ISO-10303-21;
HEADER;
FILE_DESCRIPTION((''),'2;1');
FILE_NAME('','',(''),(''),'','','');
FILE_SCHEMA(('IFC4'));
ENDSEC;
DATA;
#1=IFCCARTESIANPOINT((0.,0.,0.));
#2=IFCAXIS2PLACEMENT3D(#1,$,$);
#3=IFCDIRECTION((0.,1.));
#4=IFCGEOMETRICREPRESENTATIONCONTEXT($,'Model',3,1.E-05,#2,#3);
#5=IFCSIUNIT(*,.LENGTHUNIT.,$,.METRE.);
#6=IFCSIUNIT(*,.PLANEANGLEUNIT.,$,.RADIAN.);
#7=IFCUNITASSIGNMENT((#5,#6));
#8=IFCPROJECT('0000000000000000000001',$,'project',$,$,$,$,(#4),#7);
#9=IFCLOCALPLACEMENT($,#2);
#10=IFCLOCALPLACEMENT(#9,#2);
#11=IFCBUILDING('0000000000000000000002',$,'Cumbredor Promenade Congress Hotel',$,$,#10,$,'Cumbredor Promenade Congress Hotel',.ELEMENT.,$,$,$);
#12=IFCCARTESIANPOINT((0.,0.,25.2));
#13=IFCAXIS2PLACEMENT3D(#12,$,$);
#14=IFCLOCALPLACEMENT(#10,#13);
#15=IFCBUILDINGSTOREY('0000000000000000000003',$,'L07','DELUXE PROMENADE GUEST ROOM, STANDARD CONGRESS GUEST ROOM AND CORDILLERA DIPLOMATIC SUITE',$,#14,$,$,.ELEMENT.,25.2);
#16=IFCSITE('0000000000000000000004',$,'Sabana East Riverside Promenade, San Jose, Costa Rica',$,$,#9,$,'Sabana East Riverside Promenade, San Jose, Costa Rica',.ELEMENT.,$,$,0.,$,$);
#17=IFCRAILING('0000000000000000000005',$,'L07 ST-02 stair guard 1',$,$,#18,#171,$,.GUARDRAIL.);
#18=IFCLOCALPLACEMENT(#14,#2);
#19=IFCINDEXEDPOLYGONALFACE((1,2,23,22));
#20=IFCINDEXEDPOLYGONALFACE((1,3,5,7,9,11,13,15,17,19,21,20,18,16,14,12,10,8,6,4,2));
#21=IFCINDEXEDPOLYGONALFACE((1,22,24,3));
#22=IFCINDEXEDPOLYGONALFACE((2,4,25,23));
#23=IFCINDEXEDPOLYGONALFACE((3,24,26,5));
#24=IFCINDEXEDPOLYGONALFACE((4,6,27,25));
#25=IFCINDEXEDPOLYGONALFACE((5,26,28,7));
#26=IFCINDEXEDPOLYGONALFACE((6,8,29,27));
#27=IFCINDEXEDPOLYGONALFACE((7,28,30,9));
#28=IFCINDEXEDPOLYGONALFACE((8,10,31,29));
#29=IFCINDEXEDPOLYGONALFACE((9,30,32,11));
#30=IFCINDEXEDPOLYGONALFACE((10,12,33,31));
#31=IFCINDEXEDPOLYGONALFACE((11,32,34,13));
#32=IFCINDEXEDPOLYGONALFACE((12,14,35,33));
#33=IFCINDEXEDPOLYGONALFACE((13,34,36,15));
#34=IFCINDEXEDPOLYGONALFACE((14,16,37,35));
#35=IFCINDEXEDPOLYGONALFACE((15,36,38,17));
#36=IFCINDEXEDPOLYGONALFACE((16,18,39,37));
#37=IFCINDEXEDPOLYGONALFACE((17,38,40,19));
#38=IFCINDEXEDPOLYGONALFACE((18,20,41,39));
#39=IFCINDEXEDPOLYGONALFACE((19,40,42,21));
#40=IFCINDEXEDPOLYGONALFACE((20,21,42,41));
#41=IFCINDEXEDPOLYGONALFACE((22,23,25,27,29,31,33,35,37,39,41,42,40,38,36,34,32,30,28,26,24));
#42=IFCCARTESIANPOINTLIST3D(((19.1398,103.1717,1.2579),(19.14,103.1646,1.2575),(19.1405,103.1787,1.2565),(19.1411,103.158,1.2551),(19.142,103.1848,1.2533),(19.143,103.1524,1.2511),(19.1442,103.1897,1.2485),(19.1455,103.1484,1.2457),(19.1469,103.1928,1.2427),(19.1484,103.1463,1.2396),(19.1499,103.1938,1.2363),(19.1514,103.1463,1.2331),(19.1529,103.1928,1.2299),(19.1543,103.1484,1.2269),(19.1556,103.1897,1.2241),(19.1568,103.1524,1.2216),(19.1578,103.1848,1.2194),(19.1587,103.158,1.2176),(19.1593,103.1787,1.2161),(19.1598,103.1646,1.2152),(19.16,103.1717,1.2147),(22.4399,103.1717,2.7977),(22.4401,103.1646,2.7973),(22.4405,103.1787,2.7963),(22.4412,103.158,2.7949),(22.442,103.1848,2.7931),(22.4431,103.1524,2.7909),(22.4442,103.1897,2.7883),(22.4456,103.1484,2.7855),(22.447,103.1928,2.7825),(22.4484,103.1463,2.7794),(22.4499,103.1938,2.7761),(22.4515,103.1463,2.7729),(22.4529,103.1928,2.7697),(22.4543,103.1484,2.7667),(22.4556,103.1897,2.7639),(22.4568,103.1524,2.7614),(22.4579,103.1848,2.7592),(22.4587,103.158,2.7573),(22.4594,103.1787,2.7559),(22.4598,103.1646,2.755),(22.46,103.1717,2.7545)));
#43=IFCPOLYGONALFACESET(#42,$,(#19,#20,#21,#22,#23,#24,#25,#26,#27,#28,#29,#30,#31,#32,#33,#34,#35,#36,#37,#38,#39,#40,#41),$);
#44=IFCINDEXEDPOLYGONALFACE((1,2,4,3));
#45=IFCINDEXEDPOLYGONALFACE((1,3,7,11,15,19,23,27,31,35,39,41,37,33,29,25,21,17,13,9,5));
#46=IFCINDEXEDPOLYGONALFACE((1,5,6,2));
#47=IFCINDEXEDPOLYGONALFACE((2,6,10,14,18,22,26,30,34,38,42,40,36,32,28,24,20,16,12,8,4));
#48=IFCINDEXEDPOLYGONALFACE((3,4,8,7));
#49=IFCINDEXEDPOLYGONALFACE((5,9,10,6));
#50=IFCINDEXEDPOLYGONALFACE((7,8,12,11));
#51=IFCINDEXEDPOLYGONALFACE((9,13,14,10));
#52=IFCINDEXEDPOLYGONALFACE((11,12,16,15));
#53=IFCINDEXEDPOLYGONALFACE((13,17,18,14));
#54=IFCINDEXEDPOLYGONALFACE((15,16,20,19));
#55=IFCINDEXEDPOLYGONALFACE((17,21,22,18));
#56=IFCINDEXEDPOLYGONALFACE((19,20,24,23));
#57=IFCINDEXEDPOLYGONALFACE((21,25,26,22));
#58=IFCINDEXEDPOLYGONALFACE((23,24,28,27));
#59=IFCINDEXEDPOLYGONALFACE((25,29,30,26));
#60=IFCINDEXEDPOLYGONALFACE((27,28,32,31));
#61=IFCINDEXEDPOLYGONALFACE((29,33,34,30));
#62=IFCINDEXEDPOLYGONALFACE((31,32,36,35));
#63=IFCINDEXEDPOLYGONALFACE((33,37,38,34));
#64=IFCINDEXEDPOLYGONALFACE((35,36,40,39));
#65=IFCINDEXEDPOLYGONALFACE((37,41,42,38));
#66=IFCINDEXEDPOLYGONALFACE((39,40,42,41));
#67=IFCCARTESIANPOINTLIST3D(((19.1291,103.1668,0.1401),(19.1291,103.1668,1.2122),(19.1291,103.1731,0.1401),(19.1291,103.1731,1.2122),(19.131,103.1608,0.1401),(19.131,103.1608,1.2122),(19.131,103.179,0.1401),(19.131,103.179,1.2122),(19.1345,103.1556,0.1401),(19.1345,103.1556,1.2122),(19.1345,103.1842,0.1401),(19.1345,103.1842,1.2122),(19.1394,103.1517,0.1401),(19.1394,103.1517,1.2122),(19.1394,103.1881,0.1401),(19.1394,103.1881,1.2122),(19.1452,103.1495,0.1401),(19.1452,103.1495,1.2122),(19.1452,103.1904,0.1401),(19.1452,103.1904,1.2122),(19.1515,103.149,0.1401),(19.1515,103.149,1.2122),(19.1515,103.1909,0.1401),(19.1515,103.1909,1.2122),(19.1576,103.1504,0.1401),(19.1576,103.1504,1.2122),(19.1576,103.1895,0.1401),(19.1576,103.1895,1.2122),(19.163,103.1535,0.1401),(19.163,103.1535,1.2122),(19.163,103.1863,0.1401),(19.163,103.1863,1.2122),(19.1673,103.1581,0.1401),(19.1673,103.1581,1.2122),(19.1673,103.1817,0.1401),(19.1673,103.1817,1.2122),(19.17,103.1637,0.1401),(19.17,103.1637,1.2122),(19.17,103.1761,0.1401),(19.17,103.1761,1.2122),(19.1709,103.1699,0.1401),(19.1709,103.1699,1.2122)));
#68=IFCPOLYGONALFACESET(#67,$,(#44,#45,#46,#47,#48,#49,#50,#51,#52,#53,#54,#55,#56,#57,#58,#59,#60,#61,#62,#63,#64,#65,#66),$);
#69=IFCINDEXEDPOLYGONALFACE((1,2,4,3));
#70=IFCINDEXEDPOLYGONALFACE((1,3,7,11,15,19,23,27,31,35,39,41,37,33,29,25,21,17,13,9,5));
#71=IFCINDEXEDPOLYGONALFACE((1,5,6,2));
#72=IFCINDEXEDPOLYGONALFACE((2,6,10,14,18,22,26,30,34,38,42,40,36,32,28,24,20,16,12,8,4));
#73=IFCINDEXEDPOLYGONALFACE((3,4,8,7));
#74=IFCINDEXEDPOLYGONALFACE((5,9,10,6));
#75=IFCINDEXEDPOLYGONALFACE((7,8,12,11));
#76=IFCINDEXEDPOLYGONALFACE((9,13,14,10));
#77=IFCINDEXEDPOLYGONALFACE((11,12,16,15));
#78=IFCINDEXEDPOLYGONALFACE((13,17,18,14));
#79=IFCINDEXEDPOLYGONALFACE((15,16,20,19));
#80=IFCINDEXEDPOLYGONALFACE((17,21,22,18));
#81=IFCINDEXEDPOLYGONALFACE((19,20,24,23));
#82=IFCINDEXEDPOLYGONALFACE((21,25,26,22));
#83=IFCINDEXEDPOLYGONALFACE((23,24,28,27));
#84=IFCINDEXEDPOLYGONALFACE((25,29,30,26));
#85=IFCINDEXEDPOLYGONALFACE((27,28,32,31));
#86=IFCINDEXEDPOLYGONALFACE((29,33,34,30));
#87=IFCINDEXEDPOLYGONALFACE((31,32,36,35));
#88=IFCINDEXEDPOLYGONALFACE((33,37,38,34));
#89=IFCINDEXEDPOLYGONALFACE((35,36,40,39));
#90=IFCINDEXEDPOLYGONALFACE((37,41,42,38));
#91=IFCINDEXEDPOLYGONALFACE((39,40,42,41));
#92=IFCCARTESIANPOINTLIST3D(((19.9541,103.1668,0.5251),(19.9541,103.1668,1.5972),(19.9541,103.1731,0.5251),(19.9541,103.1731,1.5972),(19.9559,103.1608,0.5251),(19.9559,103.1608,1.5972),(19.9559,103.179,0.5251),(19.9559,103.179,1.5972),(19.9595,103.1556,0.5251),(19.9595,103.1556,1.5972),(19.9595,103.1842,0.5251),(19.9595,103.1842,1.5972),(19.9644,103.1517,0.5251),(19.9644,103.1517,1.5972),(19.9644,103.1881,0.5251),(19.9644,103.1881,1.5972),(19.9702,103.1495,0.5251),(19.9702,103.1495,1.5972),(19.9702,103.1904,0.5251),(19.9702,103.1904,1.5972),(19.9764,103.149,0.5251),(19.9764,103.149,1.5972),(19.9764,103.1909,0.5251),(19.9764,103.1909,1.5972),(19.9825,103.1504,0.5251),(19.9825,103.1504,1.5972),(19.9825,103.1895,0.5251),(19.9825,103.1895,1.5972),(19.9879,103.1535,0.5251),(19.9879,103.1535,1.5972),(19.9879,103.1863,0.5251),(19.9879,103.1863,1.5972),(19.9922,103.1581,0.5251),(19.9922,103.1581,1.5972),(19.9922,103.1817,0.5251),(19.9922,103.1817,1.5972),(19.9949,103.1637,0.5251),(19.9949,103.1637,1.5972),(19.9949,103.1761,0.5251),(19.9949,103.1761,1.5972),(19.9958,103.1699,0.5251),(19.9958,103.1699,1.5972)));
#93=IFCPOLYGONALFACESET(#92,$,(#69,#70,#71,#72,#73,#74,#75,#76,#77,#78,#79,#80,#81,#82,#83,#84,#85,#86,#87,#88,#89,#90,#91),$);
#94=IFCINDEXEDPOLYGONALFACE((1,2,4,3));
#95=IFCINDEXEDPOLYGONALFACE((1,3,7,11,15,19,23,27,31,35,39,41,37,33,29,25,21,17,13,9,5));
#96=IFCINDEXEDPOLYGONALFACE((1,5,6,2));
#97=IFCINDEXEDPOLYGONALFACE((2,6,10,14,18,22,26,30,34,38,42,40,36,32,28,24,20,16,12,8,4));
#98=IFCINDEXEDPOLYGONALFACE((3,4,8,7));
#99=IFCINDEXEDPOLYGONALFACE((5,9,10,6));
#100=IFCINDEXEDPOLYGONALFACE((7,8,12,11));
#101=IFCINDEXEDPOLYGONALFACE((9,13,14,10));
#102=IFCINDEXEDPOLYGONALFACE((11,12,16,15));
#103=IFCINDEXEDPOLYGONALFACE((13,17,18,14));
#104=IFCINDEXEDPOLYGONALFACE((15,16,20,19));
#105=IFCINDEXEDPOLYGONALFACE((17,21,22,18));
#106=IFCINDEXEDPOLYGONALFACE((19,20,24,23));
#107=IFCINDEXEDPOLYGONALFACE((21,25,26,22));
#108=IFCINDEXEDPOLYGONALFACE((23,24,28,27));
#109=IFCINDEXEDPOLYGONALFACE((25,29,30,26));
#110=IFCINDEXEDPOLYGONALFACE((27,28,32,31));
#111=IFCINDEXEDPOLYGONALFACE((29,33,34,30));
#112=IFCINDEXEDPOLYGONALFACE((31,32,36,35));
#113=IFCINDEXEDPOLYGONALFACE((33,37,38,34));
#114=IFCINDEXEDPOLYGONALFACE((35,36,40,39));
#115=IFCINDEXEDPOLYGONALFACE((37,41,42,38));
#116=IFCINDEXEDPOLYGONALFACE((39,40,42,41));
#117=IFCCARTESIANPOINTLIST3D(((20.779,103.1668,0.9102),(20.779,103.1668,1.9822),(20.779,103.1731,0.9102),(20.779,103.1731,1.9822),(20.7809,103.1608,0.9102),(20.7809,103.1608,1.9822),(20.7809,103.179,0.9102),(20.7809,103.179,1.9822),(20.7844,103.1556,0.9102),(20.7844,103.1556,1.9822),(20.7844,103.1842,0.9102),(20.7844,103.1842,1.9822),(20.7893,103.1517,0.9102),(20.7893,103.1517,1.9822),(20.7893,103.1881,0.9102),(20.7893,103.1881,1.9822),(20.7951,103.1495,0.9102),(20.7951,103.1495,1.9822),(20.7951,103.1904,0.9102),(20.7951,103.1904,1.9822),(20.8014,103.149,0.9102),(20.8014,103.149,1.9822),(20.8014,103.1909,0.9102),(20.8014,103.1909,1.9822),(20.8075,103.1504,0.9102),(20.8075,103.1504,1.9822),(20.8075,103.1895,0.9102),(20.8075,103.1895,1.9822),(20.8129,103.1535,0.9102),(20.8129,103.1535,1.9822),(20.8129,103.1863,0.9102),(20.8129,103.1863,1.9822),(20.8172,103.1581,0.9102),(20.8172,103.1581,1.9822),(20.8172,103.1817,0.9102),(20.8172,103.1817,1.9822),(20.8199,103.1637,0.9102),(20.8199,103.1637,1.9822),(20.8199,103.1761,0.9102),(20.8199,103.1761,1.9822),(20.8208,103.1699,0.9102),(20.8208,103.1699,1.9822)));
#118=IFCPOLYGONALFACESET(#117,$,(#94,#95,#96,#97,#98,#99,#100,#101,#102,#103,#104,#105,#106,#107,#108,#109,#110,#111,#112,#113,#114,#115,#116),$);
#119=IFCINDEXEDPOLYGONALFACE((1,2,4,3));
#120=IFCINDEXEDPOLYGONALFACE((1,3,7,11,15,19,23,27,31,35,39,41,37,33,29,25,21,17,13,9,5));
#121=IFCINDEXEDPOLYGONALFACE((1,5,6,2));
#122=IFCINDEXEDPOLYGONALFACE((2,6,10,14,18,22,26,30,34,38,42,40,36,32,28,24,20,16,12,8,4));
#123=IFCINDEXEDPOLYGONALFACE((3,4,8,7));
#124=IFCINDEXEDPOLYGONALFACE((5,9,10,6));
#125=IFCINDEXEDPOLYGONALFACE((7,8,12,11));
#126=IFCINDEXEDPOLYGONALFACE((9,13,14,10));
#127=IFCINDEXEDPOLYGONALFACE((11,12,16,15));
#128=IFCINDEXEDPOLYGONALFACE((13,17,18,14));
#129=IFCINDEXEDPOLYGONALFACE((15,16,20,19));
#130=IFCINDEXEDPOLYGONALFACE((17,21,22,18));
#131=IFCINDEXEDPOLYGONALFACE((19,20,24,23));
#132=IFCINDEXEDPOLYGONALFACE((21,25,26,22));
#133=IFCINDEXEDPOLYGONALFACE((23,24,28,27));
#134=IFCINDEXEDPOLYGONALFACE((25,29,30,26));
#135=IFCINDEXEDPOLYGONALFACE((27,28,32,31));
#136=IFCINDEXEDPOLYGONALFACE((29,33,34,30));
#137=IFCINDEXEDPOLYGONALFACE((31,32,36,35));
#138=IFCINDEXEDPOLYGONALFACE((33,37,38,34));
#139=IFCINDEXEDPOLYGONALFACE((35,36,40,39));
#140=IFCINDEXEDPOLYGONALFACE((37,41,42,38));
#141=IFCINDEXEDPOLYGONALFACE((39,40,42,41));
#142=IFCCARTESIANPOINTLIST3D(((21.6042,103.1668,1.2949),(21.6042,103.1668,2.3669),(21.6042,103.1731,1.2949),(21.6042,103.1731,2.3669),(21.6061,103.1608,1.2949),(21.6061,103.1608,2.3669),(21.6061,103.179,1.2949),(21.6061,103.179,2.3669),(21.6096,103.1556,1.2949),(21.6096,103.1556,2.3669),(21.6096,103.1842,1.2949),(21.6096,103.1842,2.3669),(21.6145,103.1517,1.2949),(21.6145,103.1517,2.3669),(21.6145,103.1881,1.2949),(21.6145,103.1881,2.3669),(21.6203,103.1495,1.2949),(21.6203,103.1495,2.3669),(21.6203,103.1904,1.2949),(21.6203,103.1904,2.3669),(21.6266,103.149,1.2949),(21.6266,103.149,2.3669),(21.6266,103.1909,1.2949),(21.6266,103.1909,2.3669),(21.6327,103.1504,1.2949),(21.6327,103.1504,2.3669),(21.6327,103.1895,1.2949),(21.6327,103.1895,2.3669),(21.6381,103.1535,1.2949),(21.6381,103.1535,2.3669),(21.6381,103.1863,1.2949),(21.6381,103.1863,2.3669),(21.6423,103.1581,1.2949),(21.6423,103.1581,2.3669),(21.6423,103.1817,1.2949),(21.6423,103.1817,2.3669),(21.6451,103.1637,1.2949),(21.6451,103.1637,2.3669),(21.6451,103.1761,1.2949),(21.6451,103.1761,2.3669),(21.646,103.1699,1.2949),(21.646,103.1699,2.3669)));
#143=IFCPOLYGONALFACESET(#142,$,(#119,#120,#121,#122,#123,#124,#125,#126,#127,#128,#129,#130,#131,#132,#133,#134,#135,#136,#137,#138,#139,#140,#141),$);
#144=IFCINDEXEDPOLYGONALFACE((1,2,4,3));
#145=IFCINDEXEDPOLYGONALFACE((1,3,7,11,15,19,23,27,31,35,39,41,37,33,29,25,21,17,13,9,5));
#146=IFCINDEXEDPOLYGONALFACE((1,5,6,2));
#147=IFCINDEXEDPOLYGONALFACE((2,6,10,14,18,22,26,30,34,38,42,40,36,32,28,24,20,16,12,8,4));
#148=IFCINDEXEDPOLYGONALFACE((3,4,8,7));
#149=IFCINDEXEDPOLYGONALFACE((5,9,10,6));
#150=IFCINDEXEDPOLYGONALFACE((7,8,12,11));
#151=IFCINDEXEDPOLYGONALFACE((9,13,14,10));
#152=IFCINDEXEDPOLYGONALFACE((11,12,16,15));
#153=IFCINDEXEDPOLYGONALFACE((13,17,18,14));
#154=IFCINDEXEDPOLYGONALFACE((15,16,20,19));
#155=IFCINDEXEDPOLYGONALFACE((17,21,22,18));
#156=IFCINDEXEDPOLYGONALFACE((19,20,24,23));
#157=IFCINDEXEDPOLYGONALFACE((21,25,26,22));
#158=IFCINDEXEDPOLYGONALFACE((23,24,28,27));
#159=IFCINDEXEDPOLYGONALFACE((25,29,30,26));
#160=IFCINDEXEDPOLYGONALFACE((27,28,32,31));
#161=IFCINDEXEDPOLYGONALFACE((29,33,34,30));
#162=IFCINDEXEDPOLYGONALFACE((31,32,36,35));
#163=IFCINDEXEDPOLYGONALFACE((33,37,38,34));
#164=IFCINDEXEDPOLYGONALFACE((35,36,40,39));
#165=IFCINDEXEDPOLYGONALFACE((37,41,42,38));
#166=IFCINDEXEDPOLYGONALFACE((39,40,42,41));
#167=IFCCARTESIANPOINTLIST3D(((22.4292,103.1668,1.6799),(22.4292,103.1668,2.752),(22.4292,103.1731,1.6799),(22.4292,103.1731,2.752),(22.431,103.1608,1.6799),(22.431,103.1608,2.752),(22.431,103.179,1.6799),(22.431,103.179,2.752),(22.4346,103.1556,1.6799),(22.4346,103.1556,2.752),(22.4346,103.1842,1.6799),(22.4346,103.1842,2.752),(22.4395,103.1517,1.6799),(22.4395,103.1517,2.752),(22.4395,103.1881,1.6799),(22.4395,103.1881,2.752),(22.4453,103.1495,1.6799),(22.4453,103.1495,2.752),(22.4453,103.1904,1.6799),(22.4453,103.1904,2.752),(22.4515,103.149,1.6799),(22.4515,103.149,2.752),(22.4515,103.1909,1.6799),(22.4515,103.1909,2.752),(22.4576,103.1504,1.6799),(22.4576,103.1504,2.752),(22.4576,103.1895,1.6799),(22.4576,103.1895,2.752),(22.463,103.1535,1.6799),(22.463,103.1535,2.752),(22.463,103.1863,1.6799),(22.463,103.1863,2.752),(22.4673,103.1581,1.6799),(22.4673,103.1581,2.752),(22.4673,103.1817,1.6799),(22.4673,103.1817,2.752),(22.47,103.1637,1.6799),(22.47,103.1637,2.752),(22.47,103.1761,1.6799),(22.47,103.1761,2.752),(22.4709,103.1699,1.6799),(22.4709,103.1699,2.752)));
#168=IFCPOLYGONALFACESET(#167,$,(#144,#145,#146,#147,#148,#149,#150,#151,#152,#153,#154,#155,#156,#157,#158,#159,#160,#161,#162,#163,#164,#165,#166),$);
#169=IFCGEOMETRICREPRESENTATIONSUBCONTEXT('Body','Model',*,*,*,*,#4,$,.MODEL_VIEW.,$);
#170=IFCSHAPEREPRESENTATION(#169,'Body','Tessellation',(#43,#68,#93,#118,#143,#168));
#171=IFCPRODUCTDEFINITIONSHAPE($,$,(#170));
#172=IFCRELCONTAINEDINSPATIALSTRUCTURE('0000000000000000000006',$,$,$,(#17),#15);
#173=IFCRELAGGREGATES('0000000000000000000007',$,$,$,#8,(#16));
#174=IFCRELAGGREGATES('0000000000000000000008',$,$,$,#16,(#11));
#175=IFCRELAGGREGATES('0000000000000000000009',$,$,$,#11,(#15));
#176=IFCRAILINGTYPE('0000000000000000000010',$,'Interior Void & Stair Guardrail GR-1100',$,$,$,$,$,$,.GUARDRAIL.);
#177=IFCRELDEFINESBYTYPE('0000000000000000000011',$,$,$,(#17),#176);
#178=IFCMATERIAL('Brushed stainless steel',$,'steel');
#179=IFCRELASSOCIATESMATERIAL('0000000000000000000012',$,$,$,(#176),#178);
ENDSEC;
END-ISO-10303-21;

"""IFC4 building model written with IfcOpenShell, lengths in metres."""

from ifc_helpers import new_model, si_unit, direction, frame, origin, origin_2d, place, context, subcontext, project, spatial, circle, extrude, material, type_object, element, save


model = new_model("IFC4")

# Units and contexts
model_context = context("Model", 3, precision=1e-05, world=origin(), true_north=direction((0.0, 1.0)))
body_context = subcontext(model_context, "Body", "Model", "MODEL_VIEW")
ifc_project = project(units=[si_unit("LENGTHUNIT", "METRE"), si_unit("PLANEANGLEUNIT", "RADIAN")], contexts=[model_context])

# Site, building, storey
site_placement = place(None, origin())
site = spatial("IfcSite", under=ifc_project, at=site_placement, Name="Sabana East Riverside Promenade, San Jose, Costa Rica", LongName="Sabana East Riverside Promenade, San Jose, Costa Rica", CompositionType="ELEMENT", RefElevation=0.0)
building_placement = place(site_placement, origin())
building = spatial("IfcBuilding", under=site, at=building_placement, Name="Cumbredor Promenade Congress Hotel", LongName="Cumbredor Promenade Congress Hotel", CompositionType="ELEMENT")
storey_placement = place(building_placement, frame((0.0, 0.0, 25.2)))
storey = spatial("IfcBuildingStorey", under=building, at=storey_placement, Name="L07", Description="DELUXE PROMENADE GUEST ROOM, STANDARD CONGRESS GUEST ROOM AND CORDILLERA DIPLOMATIC SUITE", CompositionType="ELEMENT", Elevation=25.2)

# Railing
ifc_material_1 = material(Name="Brushed stainless steel", Category="steel")
railing_type_1 = type_object("IfcRailingType", Name="Interior Void & Stair Guardrail GR-1100", PredefinedType="GUARDRAIL", material=ifc_material_1)
railing_1_placement = place(storey_placement, frame((19.1499, 103.1699, 0.1401)))
element("IfcRailing", 1, at=railing_1_placement, inside=storey, type_object=railing_type_1, Name="L07 ST-02 stair guard 1", PredefinedType="GUARDRAIL", context=body_context, shape_type="SweptSolid", body=[
    extrude(circle(Radius=0.0239, at=origin_2d()), frame((0.0, 0.0, 1.0962), z_axis=(0.906207, 0.0, 0.422834), x_axis=(0.0, 1.0, 0.0)), (0.0, 0.0, 1.0), 3.6416),
    extrude(circle(Radius=0.021, at=origin_2d()), origin(), (0.0, 0.0, 1.0), 1.072),
    extrude(circle(Radius=0.021, at=origin_2d()), frame((0.825, 0.0, 0.385)), (0.0, 0.0, 1.0), 1.072),
    extrude(circle(Radius=0.021, at=origin_2d()), frame((1.6499, 0.0, 0.77)), (0.0, 0.0, 1.0), 1.072),
    extrude(circle(Radius=0.021, at=origin_2d()), frame((2.4751, 0.0, 1.1548)), (0.0, 0.0, 1.0), 1.072),
    extrude(circle(Radius=0.021, at=origin_2d()), frame((3.3, 0.0, 1.5398)), (0.0, 0.0, 1.0), 1.072),
])

save(model, "model.ifc")
